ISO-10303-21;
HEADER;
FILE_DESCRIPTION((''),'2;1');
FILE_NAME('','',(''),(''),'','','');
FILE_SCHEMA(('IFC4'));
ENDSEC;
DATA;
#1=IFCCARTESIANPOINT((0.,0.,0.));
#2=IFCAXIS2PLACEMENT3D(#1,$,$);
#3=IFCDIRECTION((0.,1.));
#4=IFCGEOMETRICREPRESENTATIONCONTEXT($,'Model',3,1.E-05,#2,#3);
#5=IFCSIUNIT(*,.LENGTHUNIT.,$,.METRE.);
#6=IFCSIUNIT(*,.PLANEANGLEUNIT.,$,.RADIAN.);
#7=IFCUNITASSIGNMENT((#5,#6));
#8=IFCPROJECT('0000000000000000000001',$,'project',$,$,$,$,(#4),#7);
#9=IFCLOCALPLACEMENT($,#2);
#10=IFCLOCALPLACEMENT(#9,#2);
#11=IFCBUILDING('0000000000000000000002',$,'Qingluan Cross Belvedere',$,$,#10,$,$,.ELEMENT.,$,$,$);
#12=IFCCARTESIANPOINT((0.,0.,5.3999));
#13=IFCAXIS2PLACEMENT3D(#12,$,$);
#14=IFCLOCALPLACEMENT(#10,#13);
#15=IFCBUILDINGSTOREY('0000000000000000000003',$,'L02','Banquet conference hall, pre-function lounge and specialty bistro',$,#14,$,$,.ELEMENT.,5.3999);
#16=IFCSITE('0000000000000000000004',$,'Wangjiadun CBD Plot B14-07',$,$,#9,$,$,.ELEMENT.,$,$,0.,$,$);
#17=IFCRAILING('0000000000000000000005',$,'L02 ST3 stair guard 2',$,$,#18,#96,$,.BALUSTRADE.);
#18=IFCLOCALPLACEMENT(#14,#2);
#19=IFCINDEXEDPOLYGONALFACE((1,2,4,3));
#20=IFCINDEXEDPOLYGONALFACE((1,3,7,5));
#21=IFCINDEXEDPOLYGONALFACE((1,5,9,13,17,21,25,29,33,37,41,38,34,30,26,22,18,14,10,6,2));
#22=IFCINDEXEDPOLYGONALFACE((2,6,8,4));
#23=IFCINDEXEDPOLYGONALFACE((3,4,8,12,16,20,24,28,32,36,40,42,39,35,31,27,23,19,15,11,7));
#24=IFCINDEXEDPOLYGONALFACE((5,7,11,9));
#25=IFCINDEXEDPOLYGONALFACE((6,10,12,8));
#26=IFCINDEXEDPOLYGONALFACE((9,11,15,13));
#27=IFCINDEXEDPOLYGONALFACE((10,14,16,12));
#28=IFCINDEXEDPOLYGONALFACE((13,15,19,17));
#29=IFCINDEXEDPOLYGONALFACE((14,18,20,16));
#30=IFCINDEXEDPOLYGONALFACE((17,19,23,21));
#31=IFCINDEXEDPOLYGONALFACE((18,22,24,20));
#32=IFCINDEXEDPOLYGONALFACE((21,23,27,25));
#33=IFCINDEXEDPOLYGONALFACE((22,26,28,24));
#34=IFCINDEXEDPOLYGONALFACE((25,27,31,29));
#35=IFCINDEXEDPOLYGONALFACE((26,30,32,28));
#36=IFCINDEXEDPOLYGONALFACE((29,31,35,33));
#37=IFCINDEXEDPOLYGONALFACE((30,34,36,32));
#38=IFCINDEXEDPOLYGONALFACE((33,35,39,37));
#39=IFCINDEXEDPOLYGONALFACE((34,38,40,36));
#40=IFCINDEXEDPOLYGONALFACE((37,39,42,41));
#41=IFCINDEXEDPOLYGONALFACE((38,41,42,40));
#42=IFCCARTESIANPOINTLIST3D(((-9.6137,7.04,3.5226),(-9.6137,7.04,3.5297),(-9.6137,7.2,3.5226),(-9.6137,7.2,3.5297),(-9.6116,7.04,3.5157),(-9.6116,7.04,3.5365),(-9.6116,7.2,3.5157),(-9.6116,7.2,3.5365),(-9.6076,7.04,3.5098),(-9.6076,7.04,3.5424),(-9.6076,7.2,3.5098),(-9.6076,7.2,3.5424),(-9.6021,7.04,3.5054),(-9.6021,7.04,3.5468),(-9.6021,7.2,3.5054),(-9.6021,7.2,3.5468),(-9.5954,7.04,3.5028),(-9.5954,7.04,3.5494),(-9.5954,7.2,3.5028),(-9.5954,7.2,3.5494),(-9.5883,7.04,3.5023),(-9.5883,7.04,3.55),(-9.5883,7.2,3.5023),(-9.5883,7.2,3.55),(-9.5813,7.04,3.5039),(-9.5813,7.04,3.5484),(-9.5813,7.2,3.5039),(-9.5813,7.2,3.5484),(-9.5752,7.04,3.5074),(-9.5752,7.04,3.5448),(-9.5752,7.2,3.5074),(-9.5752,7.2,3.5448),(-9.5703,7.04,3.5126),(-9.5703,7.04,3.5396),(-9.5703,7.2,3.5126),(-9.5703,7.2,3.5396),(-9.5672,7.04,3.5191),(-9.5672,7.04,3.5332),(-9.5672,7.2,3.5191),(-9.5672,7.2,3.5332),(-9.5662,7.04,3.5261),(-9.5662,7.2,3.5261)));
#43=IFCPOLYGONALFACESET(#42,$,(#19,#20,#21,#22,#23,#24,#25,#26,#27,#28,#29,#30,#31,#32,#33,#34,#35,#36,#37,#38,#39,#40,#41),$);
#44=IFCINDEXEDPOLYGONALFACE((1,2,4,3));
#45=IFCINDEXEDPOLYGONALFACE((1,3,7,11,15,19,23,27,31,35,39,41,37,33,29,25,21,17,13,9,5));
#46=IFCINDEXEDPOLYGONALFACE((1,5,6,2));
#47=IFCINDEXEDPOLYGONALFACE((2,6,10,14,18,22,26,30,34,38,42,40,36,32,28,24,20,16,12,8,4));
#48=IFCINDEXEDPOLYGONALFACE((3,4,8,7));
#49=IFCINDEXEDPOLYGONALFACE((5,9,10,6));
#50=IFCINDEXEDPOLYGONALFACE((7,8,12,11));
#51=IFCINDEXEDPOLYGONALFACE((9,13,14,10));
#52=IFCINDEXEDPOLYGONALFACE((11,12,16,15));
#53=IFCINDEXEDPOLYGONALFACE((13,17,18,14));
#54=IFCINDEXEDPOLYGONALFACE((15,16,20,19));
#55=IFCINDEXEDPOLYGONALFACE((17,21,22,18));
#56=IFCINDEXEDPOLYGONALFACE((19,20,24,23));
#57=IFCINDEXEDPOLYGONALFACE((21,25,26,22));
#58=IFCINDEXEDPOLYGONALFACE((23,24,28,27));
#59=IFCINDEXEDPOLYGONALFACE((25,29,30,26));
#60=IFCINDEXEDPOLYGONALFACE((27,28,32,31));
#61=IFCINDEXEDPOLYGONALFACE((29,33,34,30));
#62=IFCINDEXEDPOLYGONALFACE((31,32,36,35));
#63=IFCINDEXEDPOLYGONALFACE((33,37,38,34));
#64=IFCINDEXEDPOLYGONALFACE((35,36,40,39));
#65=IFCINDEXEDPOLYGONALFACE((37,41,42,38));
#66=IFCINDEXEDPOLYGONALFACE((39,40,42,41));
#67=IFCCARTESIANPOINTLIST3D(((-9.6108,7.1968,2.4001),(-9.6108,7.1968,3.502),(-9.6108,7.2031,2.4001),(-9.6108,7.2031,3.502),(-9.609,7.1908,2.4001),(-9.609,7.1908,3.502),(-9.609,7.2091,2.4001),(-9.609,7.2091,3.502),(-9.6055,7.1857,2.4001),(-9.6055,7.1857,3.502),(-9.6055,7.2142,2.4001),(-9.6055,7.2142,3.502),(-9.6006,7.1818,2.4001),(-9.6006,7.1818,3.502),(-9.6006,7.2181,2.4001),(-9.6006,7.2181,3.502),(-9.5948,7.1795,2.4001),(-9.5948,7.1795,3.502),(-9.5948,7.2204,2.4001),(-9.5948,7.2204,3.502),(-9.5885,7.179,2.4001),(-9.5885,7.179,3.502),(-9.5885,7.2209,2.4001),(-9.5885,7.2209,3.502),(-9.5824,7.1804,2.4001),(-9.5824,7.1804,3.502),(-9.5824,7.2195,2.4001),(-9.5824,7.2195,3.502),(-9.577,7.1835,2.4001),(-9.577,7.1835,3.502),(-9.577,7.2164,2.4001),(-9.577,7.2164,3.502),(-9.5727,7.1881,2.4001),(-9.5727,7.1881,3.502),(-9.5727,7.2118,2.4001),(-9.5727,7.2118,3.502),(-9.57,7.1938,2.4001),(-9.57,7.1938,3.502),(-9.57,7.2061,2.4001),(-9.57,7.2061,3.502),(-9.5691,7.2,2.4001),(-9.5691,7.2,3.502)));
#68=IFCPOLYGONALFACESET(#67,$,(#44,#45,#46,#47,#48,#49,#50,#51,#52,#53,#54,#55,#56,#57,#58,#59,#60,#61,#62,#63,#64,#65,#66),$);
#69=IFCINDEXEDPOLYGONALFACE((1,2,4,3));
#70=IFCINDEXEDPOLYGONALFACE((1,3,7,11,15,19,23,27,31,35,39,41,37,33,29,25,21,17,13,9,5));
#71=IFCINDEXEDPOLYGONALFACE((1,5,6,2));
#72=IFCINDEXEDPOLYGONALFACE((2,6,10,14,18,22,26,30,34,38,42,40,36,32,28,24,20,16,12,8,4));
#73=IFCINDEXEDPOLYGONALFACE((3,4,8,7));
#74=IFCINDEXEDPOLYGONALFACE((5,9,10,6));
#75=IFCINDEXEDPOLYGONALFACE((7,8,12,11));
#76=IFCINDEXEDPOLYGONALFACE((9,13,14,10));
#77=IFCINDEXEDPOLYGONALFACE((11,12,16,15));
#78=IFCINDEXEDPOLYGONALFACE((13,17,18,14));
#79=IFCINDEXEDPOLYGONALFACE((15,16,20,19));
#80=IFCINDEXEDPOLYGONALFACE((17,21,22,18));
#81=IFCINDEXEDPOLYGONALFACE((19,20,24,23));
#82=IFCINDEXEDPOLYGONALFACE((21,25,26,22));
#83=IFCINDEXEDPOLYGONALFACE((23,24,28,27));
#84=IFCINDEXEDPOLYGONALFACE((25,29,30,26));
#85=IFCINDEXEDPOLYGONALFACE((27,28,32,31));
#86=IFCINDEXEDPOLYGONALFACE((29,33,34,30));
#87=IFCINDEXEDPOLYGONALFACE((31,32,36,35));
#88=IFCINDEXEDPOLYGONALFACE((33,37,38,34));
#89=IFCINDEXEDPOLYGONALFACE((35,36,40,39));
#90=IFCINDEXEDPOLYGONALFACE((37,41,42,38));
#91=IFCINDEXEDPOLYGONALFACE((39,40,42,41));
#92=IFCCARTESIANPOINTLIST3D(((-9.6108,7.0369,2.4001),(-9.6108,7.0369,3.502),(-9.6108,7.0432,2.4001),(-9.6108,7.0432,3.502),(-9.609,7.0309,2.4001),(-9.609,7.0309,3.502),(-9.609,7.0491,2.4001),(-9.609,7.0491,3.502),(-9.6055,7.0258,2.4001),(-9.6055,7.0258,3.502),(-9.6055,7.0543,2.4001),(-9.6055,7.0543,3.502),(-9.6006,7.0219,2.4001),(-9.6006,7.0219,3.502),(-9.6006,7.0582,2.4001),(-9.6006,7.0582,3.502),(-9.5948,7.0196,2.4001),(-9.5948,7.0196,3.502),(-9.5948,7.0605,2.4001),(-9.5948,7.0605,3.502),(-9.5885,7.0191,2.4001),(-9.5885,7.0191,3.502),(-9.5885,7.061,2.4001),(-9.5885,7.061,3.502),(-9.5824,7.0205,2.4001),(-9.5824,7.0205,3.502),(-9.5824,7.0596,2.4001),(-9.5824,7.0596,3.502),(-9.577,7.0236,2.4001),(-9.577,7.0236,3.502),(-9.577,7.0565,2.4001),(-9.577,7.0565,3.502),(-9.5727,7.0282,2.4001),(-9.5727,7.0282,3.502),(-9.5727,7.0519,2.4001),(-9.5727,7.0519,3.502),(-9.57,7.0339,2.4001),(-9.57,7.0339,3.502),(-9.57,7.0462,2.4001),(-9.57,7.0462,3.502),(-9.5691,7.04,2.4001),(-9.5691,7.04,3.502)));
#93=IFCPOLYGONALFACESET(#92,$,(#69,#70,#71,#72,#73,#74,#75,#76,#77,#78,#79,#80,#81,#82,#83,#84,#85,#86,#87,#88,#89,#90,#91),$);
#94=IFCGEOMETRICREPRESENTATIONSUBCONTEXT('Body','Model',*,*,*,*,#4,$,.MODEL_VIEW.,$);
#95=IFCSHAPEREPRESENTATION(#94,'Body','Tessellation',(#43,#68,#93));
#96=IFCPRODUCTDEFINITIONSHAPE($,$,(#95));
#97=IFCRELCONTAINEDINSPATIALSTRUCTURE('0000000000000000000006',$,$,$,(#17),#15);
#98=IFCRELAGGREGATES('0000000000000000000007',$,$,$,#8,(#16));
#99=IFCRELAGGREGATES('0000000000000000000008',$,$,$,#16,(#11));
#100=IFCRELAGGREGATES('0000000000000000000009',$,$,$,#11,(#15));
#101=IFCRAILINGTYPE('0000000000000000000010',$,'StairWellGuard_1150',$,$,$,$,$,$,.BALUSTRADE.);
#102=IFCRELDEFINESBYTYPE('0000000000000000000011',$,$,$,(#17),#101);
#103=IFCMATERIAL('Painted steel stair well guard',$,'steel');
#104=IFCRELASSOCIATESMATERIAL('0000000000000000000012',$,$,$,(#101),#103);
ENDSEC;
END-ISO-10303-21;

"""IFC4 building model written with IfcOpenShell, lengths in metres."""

from ifc_helpers import new_model, si_unit, direction, frame, origin, origin_2d, place, context, subcontext, project, spatial, circle, extrude, material, type_object, element, save


model = new_model("IFC4")

# Units and contexts
model_context = context("Model", 3, precision=1e-05, world=origin(), true_north=direction((0.0, 1.0)))
body_context = subcontext(model_context, "Body", "Model", "MODEL_VIEW")
ifc_project = project(units=[si_unit("LENGTHUNIT", "METRE"), si_unit("PLANEANGLEUNIT", "RADIAN")], contexts=[model_context])

# Site, building, storey
site_placement = place(None, origin())
site = spatial("IfcSite", under=ifc_project, at=site_placement, Name="Wangjiadun CBD Plot B14-07", CompositionType="ELEMENT", RefElevation=0.0)
building_placement = place(site_placement, origin())
building = spatial("IfcBuilding", under=site, at=building_placement, Name="Qingluan Cross Belvedere", CompositionType="ELEMENT")
storey_placement = place(building_placement, frame((0.0, 0.0, 5.3999)))
storey = spatial("IfcBuildingStorey", under=building, at=storey_placement, Name="L02", Description="Banquet conference hall, pre-function lounge and specialty bistro", CompositionType="ELEMENT", Elevation=5.3999)

# Railing
ifc_material_1 = material(Name="Painted steel stair well guard", Category="steel")
railing_type_1 = type_object("IfcRailingType", Name="StairWellGuard_1150", PredefinedType="BALUSTRADE", material=ifc_material_1)
railing_1_placement = place(storey_placement, frame((-9.5901, 7.2, 2.4001)))
element("IfcRailing", 1, at=railing_1_placement, inside=storey, type_object=railing_type_1, Name="L02 ST3 stair guard 2", PredefinedType="BALUSTRADE", context=body_context, shape_type="SweptSolid", body=[
    extrude(circle(Radius=0.0239, at=origin_2d()), frame((0.0, 0.0, 1.126), z_axis=(0.0, -1.0, 0.0), x_axis=(1.0, 0.0, 0.0)), (0.0, 0.0, 1.0), 0.1599),
    extrude(circle(Radius=0.021, at=origin_2d()), origin(), (0.0, 0.0, 1.0), 1.1018),
    extrude(circle(Radius=0.021, at=origin_2d()), frame((0.0, -0.1599, 0.0)), (0.0, 0.0, 1.0), 1.1018),
])

save(model, "model.ifc")
